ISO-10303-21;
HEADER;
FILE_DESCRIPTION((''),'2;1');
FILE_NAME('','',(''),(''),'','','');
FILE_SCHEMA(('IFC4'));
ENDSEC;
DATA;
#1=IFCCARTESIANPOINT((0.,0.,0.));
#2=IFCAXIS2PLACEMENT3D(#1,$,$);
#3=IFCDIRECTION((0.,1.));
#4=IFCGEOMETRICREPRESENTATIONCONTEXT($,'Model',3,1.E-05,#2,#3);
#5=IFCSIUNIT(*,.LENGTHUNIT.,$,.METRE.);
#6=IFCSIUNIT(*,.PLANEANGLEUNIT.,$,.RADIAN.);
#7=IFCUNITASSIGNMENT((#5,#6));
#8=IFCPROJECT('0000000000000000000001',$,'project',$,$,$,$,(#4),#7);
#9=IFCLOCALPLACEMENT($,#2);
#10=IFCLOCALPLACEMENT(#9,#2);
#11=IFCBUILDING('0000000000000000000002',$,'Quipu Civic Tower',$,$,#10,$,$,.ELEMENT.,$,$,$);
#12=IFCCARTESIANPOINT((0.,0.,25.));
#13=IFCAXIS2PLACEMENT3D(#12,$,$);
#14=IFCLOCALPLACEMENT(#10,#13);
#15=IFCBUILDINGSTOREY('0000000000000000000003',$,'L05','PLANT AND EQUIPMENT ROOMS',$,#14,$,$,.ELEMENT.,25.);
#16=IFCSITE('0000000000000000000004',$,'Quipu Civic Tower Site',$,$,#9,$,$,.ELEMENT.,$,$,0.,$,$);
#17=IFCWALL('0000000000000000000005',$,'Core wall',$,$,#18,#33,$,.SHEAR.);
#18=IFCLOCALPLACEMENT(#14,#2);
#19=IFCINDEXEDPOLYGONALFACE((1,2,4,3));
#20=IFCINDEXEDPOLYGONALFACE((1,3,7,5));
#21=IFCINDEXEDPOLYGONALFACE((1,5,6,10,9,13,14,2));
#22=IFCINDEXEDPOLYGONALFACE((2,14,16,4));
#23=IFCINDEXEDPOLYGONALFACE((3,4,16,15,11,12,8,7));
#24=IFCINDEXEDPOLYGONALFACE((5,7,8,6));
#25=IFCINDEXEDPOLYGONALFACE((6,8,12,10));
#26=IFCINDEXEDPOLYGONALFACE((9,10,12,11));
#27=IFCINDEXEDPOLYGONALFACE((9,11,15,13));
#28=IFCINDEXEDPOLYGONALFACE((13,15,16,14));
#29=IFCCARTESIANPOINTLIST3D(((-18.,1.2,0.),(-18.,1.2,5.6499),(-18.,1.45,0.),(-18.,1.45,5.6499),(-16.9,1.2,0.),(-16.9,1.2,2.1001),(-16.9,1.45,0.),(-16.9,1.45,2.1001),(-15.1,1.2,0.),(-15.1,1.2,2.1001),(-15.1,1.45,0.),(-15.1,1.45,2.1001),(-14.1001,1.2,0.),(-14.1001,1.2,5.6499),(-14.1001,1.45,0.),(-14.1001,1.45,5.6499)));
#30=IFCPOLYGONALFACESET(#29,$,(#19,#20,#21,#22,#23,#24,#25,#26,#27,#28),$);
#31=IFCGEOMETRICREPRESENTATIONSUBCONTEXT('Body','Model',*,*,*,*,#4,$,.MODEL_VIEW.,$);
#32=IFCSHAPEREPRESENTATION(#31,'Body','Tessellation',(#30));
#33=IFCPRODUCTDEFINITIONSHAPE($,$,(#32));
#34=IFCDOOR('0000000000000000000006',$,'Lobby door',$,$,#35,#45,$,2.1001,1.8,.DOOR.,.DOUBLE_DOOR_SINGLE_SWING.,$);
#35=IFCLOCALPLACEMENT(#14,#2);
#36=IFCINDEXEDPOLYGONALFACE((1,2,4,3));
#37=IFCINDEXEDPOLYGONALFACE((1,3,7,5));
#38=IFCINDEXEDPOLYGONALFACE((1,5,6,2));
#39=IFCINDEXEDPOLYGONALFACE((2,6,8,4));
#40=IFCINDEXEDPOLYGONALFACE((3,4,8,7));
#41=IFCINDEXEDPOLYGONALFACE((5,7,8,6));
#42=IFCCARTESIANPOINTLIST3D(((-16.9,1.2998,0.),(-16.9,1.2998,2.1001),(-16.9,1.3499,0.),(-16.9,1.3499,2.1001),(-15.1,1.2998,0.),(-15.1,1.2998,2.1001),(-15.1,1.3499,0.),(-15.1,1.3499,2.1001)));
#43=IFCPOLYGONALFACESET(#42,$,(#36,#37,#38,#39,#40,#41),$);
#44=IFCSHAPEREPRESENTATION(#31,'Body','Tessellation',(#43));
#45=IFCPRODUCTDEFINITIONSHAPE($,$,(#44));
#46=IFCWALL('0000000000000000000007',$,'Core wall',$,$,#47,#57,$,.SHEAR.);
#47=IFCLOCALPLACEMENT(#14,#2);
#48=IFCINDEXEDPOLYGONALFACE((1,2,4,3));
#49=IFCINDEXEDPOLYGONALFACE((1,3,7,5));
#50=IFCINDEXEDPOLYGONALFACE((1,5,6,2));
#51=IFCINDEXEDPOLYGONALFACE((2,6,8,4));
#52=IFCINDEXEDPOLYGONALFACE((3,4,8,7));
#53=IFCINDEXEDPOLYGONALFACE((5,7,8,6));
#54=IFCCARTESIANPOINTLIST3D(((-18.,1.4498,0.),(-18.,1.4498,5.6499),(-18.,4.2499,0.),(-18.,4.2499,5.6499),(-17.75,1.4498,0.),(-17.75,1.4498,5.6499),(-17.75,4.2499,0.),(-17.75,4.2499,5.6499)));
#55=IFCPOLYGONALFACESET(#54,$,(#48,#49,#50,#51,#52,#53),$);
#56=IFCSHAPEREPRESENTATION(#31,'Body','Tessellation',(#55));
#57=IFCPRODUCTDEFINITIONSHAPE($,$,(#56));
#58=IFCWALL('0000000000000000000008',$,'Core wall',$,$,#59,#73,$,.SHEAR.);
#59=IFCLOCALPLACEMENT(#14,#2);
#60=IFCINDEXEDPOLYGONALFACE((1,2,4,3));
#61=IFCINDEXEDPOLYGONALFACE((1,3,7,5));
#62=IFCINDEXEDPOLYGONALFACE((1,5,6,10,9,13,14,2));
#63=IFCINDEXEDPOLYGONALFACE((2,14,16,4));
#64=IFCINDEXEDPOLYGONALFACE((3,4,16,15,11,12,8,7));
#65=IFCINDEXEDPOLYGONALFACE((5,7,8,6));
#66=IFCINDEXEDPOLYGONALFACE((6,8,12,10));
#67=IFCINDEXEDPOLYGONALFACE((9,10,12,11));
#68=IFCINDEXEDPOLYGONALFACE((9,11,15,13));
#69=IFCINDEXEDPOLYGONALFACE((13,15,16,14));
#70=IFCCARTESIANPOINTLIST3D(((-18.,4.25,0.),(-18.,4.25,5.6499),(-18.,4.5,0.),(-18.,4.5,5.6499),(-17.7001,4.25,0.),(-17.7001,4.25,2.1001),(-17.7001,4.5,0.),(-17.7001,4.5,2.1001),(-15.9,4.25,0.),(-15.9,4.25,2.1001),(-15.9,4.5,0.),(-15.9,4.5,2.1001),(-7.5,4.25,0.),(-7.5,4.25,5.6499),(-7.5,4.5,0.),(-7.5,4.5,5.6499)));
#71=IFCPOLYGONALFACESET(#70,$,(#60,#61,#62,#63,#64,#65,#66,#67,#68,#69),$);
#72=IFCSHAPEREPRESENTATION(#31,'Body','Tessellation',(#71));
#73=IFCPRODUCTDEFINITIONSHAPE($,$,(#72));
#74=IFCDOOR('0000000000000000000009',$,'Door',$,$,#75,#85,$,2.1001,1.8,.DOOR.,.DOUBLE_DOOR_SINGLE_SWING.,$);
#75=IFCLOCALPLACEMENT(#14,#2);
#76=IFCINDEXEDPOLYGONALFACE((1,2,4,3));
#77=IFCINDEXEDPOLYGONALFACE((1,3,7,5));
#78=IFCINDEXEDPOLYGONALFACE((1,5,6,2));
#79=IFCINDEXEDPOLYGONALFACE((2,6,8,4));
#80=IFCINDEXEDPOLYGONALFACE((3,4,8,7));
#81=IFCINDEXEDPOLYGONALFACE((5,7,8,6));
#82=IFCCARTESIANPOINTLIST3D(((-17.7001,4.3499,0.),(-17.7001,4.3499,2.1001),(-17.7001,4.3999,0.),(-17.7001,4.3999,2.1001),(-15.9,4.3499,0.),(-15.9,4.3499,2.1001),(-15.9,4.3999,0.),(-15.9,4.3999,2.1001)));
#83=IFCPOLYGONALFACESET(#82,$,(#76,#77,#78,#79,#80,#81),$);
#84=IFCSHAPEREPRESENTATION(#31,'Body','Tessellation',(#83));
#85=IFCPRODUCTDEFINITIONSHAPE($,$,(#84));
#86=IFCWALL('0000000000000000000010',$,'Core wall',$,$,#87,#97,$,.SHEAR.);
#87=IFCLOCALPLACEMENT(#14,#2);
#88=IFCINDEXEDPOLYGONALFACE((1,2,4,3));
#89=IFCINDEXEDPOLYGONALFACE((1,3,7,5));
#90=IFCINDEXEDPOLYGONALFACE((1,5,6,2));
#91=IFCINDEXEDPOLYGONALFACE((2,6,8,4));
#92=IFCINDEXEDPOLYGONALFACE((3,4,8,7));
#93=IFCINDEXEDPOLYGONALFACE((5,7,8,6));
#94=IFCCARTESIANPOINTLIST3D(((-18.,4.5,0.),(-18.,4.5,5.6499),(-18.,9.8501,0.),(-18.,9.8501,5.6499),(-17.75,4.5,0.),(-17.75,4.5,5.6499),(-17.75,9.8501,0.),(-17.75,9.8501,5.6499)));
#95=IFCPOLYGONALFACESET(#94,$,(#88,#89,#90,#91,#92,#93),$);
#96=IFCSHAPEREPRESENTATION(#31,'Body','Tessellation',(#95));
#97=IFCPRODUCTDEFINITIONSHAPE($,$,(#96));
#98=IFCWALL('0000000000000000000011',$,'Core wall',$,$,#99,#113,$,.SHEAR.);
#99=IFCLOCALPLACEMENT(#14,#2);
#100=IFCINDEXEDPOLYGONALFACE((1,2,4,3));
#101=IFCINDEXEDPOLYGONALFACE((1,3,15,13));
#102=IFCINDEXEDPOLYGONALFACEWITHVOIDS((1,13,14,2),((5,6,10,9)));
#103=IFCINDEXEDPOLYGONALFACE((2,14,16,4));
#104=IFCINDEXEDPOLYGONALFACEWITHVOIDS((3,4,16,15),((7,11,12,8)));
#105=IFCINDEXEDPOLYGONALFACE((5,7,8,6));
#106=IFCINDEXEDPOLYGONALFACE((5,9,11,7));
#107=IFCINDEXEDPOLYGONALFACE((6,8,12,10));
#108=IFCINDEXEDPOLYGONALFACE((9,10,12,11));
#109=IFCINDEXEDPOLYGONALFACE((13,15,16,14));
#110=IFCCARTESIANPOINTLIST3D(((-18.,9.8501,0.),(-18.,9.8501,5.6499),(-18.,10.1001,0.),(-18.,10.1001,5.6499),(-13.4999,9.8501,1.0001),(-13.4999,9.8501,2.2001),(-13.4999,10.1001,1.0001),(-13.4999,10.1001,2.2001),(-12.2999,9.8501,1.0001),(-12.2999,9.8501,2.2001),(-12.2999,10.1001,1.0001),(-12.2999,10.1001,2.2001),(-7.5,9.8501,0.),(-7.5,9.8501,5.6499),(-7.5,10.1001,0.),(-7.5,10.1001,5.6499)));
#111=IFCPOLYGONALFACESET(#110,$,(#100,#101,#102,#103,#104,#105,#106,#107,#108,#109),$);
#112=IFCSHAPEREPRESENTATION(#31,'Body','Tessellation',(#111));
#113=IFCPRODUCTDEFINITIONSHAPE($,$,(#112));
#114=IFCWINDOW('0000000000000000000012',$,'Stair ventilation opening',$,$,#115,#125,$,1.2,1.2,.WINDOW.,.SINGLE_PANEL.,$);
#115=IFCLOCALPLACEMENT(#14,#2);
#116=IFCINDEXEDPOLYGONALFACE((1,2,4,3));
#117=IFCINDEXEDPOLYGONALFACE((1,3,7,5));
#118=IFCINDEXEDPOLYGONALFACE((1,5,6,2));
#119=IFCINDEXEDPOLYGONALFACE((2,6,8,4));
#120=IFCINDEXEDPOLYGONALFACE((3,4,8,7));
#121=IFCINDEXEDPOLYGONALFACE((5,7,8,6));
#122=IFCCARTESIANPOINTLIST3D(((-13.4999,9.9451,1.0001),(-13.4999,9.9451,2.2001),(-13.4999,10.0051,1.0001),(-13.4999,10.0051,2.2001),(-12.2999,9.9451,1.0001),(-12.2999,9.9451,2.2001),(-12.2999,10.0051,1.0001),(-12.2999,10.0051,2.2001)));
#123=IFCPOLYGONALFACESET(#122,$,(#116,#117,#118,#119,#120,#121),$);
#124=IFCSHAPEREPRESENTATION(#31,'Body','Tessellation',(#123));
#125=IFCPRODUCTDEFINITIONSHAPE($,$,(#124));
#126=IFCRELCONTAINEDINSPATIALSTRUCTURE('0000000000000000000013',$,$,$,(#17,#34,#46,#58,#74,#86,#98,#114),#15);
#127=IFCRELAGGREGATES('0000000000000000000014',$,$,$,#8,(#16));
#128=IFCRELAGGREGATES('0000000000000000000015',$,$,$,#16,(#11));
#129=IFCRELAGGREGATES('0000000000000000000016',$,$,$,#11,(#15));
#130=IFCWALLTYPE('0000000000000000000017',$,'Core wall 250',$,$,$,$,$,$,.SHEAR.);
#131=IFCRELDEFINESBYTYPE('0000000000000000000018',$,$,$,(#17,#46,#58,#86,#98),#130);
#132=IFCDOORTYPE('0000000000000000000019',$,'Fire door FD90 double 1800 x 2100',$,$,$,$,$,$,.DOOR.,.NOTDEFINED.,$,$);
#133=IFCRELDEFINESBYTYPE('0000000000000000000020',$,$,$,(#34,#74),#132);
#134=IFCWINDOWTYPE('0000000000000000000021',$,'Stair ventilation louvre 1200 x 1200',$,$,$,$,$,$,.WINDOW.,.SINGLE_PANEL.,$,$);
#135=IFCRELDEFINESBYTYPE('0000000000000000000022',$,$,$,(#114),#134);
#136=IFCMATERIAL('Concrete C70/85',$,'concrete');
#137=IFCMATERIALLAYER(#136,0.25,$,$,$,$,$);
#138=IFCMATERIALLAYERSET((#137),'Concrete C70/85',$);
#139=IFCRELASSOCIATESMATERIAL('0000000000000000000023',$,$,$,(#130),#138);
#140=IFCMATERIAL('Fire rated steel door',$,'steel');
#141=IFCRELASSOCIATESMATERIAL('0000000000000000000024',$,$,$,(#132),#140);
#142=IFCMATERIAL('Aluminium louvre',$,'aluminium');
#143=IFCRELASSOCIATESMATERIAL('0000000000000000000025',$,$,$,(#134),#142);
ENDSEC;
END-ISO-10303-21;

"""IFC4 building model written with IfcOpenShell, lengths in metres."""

from ifc_helpers import new_model, si_unit, direction, frame, frame_2d, origin, place, context, subcontext, project, spatial, rectangle, extrude, material, layer, layer_set, type_object, element, fill, save


model = new_model("IFC4")

# Units and contexts
model_context = context("Model", 3, precision=1e-05, world=origin(), true_north=direction((0.0, 1.0)))
body_context = subcontext(model_context, "Body", "Model", "MODEL_VIEW")
ifc_project = project(units=[si_unit("LENGTHUNIT", "METRE"), si_unit("PLANEANGLEUNIT", "RADIAN")], contexts=[model_context])

# Site, building, storey
site_placement = place(None, origin())
site = spatial("IfcSite", under=ifc_project, at=site_placement, Name="Quipu Civic Tower Site", CompositionType="ELEMENT", RefElevation=0.0)
building_placement = place(site_placement, origin())
building = spatial("IfcBuilding", under=site, at=building_placement, Name="Quipu Civic Tower", CompositionType="ELEMENT")
storey_placement = place(building_placement, frame((0.0, 0.0, 25.0)))
storey = spatial("IfcBuildingStorey", under=building, at=storey_placement, Name="L05", Description="PLANT AND EQUIPMENT ROOMS", CompositionType="ELEMENT", Elevation=25.0)

# Wall, opening, door
ifc_material_1 = material(Name="Concrete C70/85", Category="concrete")
ifc_layer_1 = layer(ifc_material_1, 0.25)
ifc_layer_set_1 = layer_set([ifc_layer_1], Name="Concrete C70/85")
wall_type_1 = type_object("IfcWallType", Name="Core wall 250", PredefinedType="SHEAR", material=ifc_layer_set_1)
wall_1_placement = place(storey_placement, frame((-18.0, 1.325, 0.0), z_axis=(0.0, 0.0, 1.0), x_axis=(1.0, 0.0, 0.0)))
wall_1 = element("IfcWall", 1, at=wall_1_placement, inside=storey, type_object=wall_type_1, Name="Core wall", PredefinedType="SHEAR", context=body_context, shape_type="SweptSolid", body=[
    extrude(rectangle(XDim=3.8999, YDim=0.25, at=frame_2d((1.95, 0.0))), origin(), (0.0, 0.0, 1.0), 5.6499),
])
opening_1_placement = place(wall_1_placement, frame((1.1001, 0.0, 0.0)))
opening_1 = element("IfcOpeningElement", 2, at=opening_1_placement, cuts=wall_1, PredefinedType="OPENING", context=body_context, shape_type="SweptSolid", body=[
    extrude(rectangle(XDim=1.8, YDim=2.1001, at=frame_2d((0.8999, 1.05))), frame((0.0, 0.135, 0.0), z_axis=(0.0, -1.0, 0.0), x_axis=(1.0, 0.0, 0.0)), (0.0, 0.0, 1.0), 0.27),
])
ifc_material_2 = material(Name="Fire rated steel door", Category="steel")
door_type_1 = type_object("IfcDoorType", Name="Fire door FD90 double 1800 x 2100", OperationType="NOTDEFINED", PredefinedType="DOOR", material=ifc_material_2)
door_1_placement = place(opening_1_placement, origin())
door_1 = element("IfcDoor", 3, at=door_1_placement, inside=storey, type_object=door_type_1, Name="Lobby door", OperationType="DOUBLE_DOOR_SINGLE_SWING", OverallHeight=2.1001, OverallWidth=1.8, PredefinedType="DOOR", context=body_context, shape_type="SweptSolid", body=[
    extrude(rectangle(XDim=1.8, YDim=2.1001, at=frame_2d((0.8999, 1.05))), frame((0.0, 0.0249, 0.0), z_axis=(0.0, -1.0, 0.0), x_axis=(1.0, 0.0, 0.0)), (0.0, 0.0, 1.0), 0.05),
])
fill(opening_1, door_1)

# Wall
wall_2_placement = place(storey_placement, frame((-17.875, 1.45, 0.0), z_axis=(0.0, 0.0, 1.0), x_axis=(0.0, 1.0, 0.0)))
element("IfcWall", 4, at=wall_2_placement, inside=storey, type_object=wall_type_1, Name="Core wall", PredefinedType="SHEAR", context=body_context, shape_type="SweptSolid", body=[
    extrude(rectangle(XDim=2.8, YDim=0.25, at=frame_2d((1.3999, 0.0))), origin(), (0.0, 0.0, 1.0), 5.6499),
])

# Wall, opening, door
wall_3_placement = place(storey_placement, frame((-18.0, 4.375, 0.0), z_axis=(0.0, 0.0, 1.0), x_axis=(1.0, 0.0, 0.0)))
wall_3 = element("IfcWall", 5, at=wall_3_placement, inside=storey, type_object=wall_type_1, Name="Core wall", PredefinedType="SHEAR", context=body_context, shape_type="SweptSolid", body=[
    extrude(rectangle(XDim=10.5, YDim=0.25, at=frame_2d((5.25, 0.0))), origin(), (0.0, 0.0, 1.0), 5.6499),
])
opening_2_placement = place(wall_3_placement, frame((0.3, 0.0, 0.0)))
opening_2 = element("IfcOpeningElement", 6, at=opening_2_placement, cuts=wall_3, PredefinedType="OPENING", context=body_context, shape_type="SweptSolid", body=[
    extrude(rectangle(XDim=1.8, YDim=2.1001, at=frame_2d((0.8999, 1.05))), frame((0.0, 0.135, 0.0), z_axis=(0.0, -1.0, 0.0), x_axis=(1.0, 0.0, 0.0)), (0.0, 0.0, 1.0), 0.27),
])
door_2_placement = place(opening_2_placement, origin())
door_2 = element("IfcDoor", 7, at=door_2_placement, inside=storey, type_object=door_type_1, Name="Door", OperationType="DOUBLE_DOOR_SINGLE_SWING", OverallHeight=2.1001, OverallWidth=1.8, PredefinedType="DOOR", context=body_context, shape_type="SweptSolid", body=[
    extrude(rectangle(XDim=1.8, YDim=2.1001, at=frame_2d((0.8999, 1.05))), frame((0.0, 0.0249, 0.0), z_axis=(0.0, -1.0, 0.0), x_axis=(1.0, 0.0, 0.0)), (0.0, 0.0, 1.0), 0.05),
])
fill(opening_2, door_2)

# Wall
wall_4_placement = place(storey_placement, frame((-17.875, 4.5, 0.0), z_axis=(0.0, 0.0, 1.0), x_axis=(0.0, 1.0, 0.0)))
element("IfcWall", 8, at=wall_4_placement, inside=storey, type_object=wall_type_1, Name="Core wall", PredefinedType="SHEAR", context=body_context, shape_type="SweptSolid", body=[
    extrude(rectangle(XDim=5.3501, YDim=0.25, at=frame_2d((2.675, 0.0))), origin(), (0.0, 0.0, 1.0), 5.6499),
])

# Wall, opening, window
wall_5_placement = place(storey_placement, frame((-18.0, 9.9751, 0.0), z_axis=(0.0, 0.0, 1.0), x_axis=(1.0, 0.0, 0.0)))
wall_5 = element("IfcWall", 9, at=wall_5_placement, inside=storey, type_object=wall_type_1, Name="Core wall", PredefinedType="SHEAR", context=body_context, shape_type="SweptSolid", body=[
    extrude(rectangle(XDim=10.5, YDim=0.25, at=frame_2d((5.25, 0.0))), origin(), (0.0, 0.0, 1.0), 5.6499),
])
opening_3_placement = place(wall_5_placement, frame((4.5, 0.0, 1.0)))
opening_3 = element("IfcOpeningElement", 10, at=opening_3_placement, cuts=wall_5, PredefinedType="OPENING", context=body_context, shape_type="SweptSolid", body=[
    extrude(rectangle(XDim=1.2, YDim=1.2, at=frame_2d((0.6001, 0.6001))), frame((0.0, 0.135, 0.0), z_axis=(0.0, -1.0, 0.0), x_axis=(1.0, 0.0, 0.0)), (0.0, 0.0, 1.0), 0.27),
])
ifc_material_3 = material(Name="Aluminium louvre", Category="aluminium")
window_type = type_object("IfcWindowType", Name="Stair ventilation louvre 1200 x 1200", PartitioningType="SINGLE_PANEL", PredefinedType="WINDOW", material=ifc_material_3)
window_placement = place(opening_3_placement, origin())
window = element("IfcWindow", 11, at=window_placement, inside=storey, type_object=window_type, Name="Stair ventilation opening", OverallHeight=1.2, OverallWidth=1.2, PartitioningType="SINGLE_PANEL", PredefinedType="WINDOW", context=body_context, shape_type="SweptSolid", body=[
    extrude(rectangle(XDim=1.2, YDim=1.2, at=frame_2d((0.6001, 0.6001))), frame((0.0, 0.03, 0.0), z_axis=(0.0, -1.0, 0.0), x_axis=(1.0, 0.0, 0.0)), (0.0, 0.0, 1.0), 0.0601),
])
fill(opening_3, window)

save(model, "model.ifc")
